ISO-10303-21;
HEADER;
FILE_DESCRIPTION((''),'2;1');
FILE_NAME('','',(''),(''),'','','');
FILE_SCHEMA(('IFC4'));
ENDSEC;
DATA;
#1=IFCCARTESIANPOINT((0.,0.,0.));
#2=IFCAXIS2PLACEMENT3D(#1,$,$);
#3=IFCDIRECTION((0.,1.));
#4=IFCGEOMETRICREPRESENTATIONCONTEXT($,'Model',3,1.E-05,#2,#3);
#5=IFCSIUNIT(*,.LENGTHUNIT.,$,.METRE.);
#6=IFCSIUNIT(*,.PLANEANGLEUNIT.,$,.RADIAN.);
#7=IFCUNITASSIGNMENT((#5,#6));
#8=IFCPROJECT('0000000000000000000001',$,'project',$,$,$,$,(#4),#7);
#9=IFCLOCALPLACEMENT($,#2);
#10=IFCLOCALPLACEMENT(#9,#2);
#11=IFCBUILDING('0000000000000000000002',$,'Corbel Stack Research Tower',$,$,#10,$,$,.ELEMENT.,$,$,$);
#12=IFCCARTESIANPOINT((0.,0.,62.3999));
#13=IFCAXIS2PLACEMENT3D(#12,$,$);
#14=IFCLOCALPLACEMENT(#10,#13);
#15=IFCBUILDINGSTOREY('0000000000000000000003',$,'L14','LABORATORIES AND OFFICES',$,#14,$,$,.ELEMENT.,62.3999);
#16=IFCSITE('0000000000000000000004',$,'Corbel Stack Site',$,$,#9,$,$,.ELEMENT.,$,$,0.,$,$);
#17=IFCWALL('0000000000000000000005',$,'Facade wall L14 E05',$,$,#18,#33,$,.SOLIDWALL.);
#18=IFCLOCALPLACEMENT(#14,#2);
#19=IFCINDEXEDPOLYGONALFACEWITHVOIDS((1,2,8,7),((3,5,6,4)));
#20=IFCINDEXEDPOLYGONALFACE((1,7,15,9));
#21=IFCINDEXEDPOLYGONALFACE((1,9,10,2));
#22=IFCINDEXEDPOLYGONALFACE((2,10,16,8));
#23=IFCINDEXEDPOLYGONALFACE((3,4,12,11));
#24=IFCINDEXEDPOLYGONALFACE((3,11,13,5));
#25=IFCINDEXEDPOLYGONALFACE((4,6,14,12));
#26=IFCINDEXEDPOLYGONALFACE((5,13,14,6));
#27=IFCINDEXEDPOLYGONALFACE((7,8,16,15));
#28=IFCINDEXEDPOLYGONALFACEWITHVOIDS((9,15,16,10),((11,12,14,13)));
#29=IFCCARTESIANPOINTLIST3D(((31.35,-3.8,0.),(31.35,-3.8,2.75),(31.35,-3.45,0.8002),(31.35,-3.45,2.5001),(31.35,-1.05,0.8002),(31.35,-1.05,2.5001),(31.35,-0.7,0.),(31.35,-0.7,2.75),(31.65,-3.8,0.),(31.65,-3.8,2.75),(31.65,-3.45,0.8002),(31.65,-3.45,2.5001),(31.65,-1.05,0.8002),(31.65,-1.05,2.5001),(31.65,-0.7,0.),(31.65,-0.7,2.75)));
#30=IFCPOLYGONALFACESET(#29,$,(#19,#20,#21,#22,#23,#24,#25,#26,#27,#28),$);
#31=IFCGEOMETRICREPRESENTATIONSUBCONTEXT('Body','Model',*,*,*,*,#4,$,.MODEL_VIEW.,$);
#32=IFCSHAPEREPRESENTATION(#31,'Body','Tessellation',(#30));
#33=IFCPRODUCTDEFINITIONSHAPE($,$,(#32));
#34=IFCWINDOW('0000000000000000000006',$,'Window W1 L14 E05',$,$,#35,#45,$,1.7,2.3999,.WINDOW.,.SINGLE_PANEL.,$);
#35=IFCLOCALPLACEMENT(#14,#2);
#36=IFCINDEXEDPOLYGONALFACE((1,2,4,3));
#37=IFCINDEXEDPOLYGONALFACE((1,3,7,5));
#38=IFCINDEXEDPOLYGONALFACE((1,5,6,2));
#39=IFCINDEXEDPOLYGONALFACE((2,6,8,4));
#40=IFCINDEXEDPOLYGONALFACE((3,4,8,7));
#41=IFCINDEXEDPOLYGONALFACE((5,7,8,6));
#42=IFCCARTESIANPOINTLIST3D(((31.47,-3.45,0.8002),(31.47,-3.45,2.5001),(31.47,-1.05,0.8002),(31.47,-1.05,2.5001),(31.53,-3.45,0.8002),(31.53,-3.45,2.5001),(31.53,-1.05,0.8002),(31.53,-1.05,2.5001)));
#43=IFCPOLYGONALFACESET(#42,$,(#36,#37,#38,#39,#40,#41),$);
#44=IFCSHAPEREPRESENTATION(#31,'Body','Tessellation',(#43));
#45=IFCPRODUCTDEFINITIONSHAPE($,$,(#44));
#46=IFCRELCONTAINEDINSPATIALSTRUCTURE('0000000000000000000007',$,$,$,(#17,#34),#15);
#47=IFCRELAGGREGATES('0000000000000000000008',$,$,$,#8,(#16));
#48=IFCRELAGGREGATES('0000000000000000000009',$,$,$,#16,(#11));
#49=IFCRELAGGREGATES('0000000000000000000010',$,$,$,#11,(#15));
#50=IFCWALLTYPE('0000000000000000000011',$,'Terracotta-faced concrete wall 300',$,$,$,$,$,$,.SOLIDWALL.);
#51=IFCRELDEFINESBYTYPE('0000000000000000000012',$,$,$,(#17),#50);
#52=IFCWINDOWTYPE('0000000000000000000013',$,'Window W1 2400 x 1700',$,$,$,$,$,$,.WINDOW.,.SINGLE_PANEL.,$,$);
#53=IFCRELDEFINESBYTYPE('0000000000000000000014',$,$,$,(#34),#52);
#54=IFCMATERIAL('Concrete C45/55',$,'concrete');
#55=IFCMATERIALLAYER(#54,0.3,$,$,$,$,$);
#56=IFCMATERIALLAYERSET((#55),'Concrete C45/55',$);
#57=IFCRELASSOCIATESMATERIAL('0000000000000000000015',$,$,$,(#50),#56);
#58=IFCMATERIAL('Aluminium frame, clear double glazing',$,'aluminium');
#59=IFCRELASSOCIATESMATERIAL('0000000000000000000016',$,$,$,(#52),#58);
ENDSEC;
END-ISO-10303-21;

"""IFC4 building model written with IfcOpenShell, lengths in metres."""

from ifc_helpers import new_model, si_unit, direction, frame, frame_2d, origin, place, context, subcontext, project, spatial, rectangle, extrude, material, layer, layer_set, type_object, element, fill, save


model = new_model("IFC4")

# Units and contexts
model_context = context("Model", 3, precision=1e-05, world=origin(), true_north=direction((0.0, 1.0)))
body_context = subcontext(model_context, "Body", "Model", "MODEL_VIEW")
ifc_project = project(units=[si_unit("LENGTHUNIT", "METRE"), si_unit("PLANEANGLEUNIT", "RADIAN")], contexts=[model_context])

# Site, building, storey
site_placement = place(None, origin())
site = spatial("IfcSite", under=ifc_project, at=site_placement, Name="Corbel Stack Site", CompositionType="ELEMENT", RefElevation=0.0)
building_placement = place(site_placement, origin())
building = spatial("IfcBuilding", under=site, at=building_placement, Name="Corbel Stack Research Tower", CompositionType="ELEMENT")
storey_placement = place(building_placement, frame((0.0, 0.0, 62.3999)))
storey = spatial("IfcBuildingStorey", under=building, at=storey_placement, Name="L14", Description="LABORATORIES AND OFFICES", CompositionType="ELEMENT", Elevation=62.3999)

# Wall, opening, window
ifc_material_1 = material(Name="Concrete C45/55", Category="concrete")
ifc_layer_1 = layer(ifc_material_1, 0.3)
ifc_layer_set_1 = layer_set([ifc_layer_1], Name="Concrete C45/55")
wall_type_1 = type_object("IfcWallType", Name="Terracotta-faced concrete wall 300", PredefinedType="SOLIDWALL", material=ifc_layer_set_1)
ifc_material_2 = material(Name="Aluminium frame, clear double glazing", Category="aluminium")
window_type = type_object("IfcWindowType", Name="Window W1 2400 x 1700", PartitioningType="SINGLE_PANEL", PredefinedType="WINDOW", material=ifc_material_2)
wall_1_placement = place(storey_placement, frame((31.5, -0.7, 0.0), z_axis=(0.0, 0.0, 1.0), x_axis=(0.0, -1.0, 0.0)))
wall_1 = element("IfcWall", 1, at=wall_1_placement, inside=storey, type_object=wall_type_1, Name="Facade wall L14 E05", PredefinedType="SOLIDWALL", context=body_context, shape_type="SweptSolid", body=[
    extrude(rectangle(XDim=3.1001, YDim=0.3, at=frame_2d((1.55, 0.0))), origin(), (0.0, 0.0, 1.0), 2.75),
])
opening_1_placement = place(wall_1_placement, frame((0.3501, 0.0, 0.8)))
opening_1 = element("IfcOpeningElement", 2, at=opening_1_placement, cuts=wall_1, PredefinedType="OPENING", context=body_context, shape_type="SweptSolid", body=[
    extrude(rectangle(XDim=2.3999, YDim=1.7, at=frame_2d((1.2, 0.8501))), frame((0.0, 0.1599, 0.0), z_axis=(0.0, -1.0, 0.0), x_axis=(1.0, 0.0, 0.0)), (0.0, 0.0, 1.0), 0.3201),
])
window_1_placement = place(opening_1_placement, origin())
window_1 = element("IfcWindow", 3, at=window_1_placement, inside=storey, type_object=window_type, Name="Window W1 L14 E05", OverallHeight=1.7, OverallWidth=2.3999, PartitioningType="SINGLE_PANEL", PredefinedType="WINDOW", context=body_context, shape_type="SweptSolid", body=[
    extrude(rectangle(XDim=2.3999, YDim=1.7, at=frame_2d((1.2, 0.8501))), frame((0.0, 0.03, 0.0), z_axis=(0.0, -1.0, 0.0), x_axis=(1.0, 0.0, 0.0)), (0.0, 0.0, 1.0), 0.0601),
])
fill(opening_1, window_1)

save(model, "model.ifc")
